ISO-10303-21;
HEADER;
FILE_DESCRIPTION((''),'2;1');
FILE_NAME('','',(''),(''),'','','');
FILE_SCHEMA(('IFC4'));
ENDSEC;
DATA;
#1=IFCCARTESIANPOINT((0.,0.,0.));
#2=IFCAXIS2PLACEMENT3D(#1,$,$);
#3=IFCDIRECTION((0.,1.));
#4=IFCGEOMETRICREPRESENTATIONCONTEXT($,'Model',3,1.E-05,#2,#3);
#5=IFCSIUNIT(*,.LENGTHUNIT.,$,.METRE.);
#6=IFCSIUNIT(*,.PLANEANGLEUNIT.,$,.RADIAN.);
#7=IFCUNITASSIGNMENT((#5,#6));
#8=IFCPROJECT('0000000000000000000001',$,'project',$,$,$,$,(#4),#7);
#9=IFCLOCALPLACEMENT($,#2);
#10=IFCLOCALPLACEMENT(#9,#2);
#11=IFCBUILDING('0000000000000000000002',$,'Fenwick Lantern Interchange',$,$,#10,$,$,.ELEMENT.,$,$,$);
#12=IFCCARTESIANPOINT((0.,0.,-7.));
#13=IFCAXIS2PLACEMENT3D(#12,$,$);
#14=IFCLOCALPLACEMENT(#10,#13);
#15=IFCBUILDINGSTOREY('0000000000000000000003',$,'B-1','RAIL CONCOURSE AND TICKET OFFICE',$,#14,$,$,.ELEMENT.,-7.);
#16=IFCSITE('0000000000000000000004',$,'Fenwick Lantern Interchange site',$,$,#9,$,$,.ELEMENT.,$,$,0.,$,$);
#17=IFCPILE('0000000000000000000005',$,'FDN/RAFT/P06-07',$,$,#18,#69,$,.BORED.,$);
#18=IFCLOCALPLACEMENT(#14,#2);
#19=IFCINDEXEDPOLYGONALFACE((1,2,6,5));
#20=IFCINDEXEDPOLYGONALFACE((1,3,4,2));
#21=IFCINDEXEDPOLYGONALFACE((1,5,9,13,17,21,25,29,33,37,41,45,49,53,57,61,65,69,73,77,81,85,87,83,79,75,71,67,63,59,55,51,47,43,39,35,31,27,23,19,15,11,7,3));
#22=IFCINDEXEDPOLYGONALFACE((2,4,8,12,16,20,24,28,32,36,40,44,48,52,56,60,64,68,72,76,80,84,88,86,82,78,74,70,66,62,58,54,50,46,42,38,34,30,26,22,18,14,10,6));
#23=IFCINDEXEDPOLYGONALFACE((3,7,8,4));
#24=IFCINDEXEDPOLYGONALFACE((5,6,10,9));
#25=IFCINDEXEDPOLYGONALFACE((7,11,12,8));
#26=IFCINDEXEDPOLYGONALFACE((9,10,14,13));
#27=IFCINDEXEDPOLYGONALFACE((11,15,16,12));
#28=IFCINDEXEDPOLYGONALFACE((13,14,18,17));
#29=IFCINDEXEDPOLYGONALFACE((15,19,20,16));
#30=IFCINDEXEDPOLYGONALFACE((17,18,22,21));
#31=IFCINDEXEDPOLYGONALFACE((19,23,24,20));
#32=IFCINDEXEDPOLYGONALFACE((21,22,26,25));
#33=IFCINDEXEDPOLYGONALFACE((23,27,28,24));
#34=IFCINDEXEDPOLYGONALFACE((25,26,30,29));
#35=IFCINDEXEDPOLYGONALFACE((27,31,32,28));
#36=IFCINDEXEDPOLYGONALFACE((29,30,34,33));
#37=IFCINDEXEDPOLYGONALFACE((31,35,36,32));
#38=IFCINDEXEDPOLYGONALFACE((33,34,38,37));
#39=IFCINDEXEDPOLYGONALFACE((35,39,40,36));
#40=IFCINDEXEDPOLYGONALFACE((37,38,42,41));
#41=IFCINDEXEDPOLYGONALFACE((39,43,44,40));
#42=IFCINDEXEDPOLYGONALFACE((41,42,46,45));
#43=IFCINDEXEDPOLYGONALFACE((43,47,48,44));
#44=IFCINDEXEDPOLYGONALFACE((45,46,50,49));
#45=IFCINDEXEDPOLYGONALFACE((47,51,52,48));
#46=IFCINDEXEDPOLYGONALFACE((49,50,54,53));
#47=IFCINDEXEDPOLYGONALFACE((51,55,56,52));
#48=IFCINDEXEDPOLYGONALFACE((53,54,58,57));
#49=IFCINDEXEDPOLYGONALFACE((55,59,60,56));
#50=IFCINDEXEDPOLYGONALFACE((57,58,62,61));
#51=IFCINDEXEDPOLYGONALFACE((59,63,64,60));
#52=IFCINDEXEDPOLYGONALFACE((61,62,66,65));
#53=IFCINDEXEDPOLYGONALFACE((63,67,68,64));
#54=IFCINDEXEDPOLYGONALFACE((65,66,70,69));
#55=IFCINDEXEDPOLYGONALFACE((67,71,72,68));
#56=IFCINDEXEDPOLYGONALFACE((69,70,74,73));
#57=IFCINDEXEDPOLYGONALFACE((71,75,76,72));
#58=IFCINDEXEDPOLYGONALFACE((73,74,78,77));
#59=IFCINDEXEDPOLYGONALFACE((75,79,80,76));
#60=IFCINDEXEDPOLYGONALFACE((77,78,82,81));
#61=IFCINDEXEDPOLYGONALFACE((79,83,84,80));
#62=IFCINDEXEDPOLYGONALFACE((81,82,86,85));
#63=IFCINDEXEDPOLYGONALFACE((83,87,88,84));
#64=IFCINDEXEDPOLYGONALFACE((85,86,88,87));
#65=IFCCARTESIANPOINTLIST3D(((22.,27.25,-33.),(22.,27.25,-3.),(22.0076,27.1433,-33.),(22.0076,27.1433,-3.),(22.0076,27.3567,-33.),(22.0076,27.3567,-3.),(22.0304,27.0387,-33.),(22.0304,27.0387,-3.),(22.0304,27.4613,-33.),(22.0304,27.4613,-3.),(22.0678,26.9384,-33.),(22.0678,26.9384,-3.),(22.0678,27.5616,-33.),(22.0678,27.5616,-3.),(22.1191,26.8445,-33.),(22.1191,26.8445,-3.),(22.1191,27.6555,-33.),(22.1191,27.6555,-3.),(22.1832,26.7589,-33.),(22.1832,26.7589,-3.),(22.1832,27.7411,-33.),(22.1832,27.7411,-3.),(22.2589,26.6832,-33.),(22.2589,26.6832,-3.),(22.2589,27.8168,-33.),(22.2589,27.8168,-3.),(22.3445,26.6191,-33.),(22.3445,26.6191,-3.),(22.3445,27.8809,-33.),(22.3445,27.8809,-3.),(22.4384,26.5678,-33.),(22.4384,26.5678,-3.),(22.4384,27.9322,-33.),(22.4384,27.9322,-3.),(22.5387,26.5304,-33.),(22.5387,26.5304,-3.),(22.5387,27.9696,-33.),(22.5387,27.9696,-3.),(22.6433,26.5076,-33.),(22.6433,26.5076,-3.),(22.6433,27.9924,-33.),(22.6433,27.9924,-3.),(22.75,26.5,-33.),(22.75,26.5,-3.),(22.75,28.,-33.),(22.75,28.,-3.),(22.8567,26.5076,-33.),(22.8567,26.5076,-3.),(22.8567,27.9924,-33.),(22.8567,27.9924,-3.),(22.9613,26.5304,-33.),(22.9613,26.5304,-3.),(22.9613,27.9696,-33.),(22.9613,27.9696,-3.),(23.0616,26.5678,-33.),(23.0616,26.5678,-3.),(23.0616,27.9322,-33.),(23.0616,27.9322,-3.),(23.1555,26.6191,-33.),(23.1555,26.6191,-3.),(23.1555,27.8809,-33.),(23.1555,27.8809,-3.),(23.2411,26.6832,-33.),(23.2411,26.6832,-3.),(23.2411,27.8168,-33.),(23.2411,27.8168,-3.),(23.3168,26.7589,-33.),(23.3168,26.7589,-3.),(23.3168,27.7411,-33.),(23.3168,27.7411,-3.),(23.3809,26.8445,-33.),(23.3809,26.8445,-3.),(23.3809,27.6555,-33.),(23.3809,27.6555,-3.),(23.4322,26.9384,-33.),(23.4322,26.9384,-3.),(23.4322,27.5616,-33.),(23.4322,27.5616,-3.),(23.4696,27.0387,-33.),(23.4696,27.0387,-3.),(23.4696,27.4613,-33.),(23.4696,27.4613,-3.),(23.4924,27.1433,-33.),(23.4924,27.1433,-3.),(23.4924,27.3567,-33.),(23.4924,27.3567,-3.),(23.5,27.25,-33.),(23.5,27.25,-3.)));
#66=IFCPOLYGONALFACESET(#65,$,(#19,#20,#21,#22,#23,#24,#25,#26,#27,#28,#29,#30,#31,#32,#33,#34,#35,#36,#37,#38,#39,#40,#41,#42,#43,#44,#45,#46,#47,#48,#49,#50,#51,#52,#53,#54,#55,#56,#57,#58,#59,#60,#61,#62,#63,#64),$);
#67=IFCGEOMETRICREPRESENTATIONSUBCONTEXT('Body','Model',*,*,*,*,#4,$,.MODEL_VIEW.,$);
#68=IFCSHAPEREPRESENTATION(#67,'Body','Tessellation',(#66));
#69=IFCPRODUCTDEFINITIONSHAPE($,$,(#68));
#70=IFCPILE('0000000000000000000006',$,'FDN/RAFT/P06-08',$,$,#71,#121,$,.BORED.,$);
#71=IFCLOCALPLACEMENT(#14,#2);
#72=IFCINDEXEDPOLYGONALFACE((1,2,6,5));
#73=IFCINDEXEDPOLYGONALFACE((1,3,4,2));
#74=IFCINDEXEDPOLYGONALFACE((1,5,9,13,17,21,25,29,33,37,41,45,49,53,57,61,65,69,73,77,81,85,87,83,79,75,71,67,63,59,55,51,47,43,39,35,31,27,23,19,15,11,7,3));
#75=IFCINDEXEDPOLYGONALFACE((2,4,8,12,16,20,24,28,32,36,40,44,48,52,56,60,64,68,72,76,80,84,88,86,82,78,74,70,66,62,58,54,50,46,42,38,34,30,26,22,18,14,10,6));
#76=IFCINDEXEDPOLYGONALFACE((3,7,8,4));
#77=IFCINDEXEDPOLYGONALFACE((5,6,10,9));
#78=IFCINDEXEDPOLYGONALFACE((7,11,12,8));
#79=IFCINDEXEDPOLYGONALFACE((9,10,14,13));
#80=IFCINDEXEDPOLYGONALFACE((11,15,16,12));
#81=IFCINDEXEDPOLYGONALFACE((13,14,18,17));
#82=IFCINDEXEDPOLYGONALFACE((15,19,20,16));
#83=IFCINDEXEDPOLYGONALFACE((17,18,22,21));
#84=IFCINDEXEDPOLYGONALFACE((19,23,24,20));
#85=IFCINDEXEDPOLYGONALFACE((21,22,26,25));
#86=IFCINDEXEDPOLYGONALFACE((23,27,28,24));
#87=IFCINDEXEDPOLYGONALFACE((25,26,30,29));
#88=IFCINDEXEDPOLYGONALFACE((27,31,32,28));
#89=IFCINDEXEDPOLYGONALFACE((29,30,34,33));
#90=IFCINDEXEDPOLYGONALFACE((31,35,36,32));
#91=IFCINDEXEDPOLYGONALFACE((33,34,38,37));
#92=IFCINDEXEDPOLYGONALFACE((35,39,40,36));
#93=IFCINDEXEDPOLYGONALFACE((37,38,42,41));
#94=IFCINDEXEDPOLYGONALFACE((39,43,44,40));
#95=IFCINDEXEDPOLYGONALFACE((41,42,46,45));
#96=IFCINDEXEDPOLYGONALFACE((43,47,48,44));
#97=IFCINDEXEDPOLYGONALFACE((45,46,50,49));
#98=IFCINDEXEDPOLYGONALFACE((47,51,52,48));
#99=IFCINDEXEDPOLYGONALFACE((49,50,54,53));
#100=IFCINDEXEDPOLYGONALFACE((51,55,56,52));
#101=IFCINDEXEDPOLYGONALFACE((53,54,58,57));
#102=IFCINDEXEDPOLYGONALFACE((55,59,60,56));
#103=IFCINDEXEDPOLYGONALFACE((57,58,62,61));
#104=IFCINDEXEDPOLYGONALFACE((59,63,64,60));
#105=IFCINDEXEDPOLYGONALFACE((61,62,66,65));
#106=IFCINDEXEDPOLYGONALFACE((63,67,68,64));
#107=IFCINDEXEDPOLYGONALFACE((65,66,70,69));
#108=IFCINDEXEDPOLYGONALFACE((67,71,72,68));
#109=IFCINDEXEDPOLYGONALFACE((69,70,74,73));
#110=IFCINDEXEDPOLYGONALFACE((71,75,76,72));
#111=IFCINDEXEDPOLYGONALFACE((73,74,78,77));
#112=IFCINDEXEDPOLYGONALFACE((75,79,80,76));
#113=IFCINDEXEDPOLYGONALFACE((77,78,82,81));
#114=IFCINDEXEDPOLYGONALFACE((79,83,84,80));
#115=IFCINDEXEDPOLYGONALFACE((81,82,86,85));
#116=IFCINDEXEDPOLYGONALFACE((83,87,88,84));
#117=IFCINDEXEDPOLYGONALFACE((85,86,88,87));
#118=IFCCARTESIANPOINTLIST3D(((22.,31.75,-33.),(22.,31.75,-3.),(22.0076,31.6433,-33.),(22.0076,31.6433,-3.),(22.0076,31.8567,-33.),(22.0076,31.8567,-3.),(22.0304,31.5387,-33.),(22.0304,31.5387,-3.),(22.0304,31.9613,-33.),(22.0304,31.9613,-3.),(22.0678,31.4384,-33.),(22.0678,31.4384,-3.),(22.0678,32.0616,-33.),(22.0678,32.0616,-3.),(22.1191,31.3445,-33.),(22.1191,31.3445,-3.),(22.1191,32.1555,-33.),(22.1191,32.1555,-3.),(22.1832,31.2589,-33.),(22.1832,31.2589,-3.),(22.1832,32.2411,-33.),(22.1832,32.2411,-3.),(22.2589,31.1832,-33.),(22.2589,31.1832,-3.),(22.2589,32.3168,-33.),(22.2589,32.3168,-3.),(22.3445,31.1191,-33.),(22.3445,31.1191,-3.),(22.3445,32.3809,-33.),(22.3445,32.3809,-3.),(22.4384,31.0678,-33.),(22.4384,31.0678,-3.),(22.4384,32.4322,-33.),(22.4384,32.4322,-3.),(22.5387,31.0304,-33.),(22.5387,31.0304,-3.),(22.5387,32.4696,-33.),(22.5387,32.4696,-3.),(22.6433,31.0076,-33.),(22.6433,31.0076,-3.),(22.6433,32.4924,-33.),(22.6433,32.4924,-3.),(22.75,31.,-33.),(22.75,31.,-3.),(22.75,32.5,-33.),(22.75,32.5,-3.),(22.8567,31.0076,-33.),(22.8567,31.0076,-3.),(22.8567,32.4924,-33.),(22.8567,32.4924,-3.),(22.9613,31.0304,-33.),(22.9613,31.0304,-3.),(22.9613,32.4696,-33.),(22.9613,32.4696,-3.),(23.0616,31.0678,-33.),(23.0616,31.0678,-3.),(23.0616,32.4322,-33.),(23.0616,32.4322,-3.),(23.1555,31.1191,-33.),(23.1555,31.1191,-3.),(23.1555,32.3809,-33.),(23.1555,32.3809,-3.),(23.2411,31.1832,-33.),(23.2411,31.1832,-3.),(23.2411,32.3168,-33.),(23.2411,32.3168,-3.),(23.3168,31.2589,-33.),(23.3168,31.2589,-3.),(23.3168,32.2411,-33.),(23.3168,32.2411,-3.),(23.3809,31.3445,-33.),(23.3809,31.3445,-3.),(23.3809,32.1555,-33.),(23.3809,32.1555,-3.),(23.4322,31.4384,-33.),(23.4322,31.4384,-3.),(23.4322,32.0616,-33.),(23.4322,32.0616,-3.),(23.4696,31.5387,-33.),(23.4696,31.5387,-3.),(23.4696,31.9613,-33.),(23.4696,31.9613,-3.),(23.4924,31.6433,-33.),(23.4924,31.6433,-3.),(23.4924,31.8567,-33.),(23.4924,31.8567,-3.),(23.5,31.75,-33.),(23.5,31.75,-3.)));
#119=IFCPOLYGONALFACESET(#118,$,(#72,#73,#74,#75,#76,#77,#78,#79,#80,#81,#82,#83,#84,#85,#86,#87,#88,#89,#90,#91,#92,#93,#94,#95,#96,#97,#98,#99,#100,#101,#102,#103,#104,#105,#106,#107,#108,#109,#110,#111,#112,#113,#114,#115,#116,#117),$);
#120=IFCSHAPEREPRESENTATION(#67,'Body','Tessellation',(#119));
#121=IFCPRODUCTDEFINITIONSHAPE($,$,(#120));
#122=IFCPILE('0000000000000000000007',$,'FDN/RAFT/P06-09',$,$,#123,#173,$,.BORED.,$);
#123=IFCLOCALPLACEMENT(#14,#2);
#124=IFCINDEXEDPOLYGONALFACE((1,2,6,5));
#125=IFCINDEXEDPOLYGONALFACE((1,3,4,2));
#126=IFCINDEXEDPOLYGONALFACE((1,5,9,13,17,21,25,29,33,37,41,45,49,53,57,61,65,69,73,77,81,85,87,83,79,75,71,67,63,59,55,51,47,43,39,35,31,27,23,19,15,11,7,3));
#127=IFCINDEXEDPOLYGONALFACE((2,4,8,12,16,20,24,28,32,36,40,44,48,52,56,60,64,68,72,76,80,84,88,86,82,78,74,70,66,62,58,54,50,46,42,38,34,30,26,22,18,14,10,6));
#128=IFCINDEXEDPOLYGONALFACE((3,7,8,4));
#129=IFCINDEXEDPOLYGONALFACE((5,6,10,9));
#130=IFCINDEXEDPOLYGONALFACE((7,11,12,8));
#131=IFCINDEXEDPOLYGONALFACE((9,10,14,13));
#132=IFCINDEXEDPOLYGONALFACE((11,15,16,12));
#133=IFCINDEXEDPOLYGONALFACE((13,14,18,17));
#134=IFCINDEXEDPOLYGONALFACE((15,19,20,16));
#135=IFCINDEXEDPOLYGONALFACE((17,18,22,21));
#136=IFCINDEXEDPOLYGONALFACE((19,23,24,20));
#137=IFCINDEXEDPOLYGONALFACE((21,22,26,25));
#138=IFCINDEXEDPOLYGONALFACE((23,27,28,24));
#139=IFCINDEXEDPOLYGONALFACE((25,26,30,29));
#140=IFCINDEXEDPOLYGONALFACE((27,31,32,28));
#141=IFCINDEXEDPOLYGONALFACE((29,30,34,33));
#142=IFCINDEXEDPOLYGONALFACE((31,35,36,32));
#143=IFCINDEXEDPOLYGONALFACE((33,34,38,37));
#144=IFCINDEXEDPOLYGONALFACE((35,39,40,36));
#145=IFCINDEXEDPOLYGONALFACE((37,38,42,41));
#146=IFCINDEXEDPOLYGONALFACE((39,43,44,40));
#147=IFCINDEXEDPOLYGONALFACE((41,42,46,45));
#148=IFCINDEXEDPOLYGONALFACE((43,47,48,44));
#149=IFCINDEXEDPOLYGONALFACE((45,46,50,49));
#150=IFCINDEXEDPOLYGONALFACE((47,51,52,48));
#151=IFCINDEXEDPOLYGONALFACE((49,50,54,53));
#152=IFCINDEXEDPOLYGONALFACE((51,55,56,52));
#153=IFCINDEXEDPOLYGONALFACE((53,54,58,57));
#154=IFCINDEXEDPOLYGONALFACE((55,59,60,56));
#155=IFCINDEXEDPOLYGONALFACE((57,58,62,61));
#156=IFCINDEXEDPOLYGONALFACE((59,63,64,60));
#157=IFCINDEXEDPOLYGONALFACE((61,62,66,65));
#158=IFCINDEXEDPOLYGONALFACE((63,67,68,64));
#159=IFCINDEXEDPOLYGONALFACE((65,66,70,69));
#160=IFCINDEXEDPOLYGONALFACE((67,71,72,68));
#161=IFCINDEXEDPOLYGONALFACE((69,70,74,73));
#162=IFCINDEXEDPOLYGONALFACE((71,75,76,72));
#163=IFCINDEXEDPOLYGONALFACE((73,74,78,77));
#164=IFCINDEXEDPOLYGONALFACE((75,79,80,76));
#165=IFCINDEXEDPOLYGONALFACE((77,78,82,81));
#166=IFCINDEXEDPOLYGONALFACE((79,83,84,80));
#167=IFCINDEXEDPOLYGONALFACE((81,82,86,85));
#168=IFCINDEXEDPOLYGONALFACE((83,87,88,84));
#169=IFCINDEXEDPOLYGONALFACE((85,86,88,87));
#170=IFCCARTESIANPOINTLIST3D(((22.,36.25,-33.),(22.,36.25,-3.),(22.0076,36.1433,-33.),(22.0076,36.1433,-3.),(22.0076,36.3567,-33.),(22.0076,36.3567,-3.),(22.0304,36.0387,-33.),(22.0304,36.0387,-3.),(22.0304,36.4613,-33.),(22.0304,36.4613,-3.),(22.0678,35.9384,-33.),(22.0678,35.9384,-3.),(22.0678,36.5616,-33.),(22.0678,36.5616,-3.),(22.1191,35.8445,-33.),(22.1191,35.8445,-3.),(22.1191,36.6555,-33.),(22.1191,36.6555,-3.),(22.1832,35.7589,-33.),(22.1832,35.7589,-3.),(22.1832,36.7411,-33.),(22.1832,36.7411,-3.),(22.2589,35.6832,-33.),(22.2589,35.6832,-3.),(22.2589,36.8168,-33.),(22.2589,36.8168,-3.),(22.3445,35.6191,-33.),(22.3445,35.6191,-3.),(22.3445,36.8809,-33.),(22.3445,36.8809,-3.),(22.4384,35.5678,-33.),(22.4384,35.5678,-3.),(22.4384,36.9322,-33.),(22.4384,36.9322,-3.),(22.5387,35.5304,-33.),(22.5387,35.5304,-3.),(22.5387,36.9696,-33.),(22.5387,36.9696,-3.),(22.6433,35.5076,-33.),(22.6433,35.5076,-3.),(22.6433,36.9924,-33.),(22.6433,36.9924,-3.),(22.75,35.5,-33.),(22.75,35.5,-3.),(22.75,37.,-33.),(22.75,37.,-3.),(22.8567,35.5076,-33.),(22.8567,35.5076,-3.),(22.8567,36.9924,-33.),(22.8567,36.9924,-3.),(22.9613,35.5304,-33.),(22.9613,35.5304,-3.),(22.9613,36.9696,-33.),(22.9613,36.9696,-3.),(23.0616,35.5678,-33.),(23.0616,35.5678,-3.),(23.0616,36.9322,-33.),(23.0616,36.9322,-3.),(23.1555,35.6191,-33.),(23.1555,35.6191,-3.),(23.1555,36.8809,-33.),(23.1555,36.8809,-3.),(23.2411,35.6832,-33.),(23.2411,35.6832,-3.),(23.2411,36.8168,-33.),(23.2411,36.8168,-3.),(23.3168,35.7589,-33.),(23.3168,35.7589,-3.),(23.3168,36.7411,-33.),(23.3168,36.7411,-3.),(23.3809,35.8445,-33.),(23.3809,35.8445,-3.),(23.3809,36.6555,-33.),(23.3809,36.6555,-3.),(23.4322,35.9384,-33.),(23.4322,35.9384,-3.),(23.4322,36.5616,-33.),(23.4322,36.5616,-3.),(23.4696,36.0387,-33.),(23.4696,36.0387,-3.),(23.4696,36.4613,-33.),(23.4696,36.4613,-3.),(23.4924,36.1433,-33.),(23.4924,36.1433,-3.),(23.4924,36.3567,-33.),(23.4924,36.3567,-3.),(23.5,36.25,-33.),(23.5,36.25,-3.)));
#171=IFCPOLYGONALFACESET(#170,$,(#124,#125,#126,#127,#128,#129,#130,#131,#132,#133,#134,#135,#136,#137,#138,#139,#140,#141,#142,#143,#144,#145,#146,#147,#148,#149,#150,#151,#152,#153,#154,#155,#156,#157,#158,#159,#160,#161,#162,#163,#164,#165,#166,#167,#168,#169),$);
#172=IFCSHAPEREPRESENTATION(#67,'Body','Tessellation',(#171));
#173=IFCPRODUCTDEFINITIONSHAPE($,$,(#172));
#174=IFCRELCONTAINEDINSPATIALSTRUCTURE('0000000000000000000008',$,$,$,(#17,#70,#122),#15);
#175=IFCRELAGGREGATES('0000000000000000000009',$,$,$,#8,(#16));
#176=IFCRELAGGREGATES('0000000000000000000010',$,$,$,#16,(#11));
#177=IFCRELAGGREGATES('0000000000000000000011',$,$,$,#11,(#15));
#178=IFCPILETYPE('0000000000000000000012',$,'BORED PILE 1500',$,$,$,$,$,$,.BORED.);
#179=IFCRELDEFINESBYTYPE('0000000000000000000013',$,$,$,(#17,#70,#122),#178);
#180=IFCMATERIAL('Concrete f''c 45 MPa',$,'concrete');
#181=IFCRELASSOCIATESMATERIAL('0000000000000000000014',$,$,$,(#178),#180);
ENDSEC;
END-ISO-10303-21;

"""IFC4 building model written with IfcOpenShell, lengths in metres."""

from ifc_helpers import new_model, si_unit, direction, frame, origin, origin_2d, place, context, subcontext, project, spatial, circle, extrude, material, type_object, element, save


model = new_model("IFC4")

# Units and contexts
model_context = context("Model", 3, precision=1e-05, world=origin(), true_north=direction((0.0, 1.0)))
body_context = subcontext(model_context, "Body", "Model", "MODEL_VIEW")
ifc_project = project(units=[si_unit("LENGTHUNIT", "METRE"), si_unit("PLANEANGLEUNIT", "RADIAN")], contexts=[model_context])

# Site, building, storey
site_placement = place(None, origin())
site = spatial("IfcSite", under=ifc_project, at=site_placement, Name="Fenwick Lantern Interchange site", CompositionType="ELEMENT", RefElevation=0.0)
building_placement = place(site_placement, origin())
building = spatial("IfcBuilding", under=site, at=building_placement, Name="Fenwick Lantern Interchange", CompositionType="ELEMENT")
storey_placement = place(building_placement, frame((0.0, 0.0, -7.0)))
storey = spatial("IfcBuildingStorey", under=building, at=storey_placement, Name="B-1", Description="RAIL CONCOURSE AND TICKET OFFICE", CompositionType="ELEMENT", Elevation=-7.0)

# Piles
ifc_material_1 = material(Name="Concrete f'c 45 MPa", Category="concrete")
pile_type = type_object("IfcPileType", Name="BORED PILE 1500", PredefinedType="BORED", material=ifc_material_1)
for number, where, z_axis, x_axis, name in (
    (1, (22.75, 27.25, -3.0), (0.0, 0.0, -1.0), (1.0, 0.0, 0.0), "FDN/RAFT/P06-07"),
    (2, (22.75, 31.75, -3.0), (0.0, 0.0, -1.0), (1.0, 0.0, 0.0), "FDN/RAFT/P06-08"),
    (3, (22.75, 36.25, -3.0), (0.0, 0.0, -1.0), (1.0, 0.0, 0.0), "FDN/RAFT/P06-09"),
):
    element("IfcPile", number, at=place(storey_placement, frame(where, z_axis=z_axis, x_axis=x_axis)), inside=storey, type_object=pile_type, Name=name, PredefinedType="BORED", context=body_context, shape_type="SweptSolid", body=[
        extrude(circle(Radius=0.75, at=origin_2d()), origin(), (0.0, 0.0, 1.0), 30.0),
    ])

save(model, "model.ifc")
